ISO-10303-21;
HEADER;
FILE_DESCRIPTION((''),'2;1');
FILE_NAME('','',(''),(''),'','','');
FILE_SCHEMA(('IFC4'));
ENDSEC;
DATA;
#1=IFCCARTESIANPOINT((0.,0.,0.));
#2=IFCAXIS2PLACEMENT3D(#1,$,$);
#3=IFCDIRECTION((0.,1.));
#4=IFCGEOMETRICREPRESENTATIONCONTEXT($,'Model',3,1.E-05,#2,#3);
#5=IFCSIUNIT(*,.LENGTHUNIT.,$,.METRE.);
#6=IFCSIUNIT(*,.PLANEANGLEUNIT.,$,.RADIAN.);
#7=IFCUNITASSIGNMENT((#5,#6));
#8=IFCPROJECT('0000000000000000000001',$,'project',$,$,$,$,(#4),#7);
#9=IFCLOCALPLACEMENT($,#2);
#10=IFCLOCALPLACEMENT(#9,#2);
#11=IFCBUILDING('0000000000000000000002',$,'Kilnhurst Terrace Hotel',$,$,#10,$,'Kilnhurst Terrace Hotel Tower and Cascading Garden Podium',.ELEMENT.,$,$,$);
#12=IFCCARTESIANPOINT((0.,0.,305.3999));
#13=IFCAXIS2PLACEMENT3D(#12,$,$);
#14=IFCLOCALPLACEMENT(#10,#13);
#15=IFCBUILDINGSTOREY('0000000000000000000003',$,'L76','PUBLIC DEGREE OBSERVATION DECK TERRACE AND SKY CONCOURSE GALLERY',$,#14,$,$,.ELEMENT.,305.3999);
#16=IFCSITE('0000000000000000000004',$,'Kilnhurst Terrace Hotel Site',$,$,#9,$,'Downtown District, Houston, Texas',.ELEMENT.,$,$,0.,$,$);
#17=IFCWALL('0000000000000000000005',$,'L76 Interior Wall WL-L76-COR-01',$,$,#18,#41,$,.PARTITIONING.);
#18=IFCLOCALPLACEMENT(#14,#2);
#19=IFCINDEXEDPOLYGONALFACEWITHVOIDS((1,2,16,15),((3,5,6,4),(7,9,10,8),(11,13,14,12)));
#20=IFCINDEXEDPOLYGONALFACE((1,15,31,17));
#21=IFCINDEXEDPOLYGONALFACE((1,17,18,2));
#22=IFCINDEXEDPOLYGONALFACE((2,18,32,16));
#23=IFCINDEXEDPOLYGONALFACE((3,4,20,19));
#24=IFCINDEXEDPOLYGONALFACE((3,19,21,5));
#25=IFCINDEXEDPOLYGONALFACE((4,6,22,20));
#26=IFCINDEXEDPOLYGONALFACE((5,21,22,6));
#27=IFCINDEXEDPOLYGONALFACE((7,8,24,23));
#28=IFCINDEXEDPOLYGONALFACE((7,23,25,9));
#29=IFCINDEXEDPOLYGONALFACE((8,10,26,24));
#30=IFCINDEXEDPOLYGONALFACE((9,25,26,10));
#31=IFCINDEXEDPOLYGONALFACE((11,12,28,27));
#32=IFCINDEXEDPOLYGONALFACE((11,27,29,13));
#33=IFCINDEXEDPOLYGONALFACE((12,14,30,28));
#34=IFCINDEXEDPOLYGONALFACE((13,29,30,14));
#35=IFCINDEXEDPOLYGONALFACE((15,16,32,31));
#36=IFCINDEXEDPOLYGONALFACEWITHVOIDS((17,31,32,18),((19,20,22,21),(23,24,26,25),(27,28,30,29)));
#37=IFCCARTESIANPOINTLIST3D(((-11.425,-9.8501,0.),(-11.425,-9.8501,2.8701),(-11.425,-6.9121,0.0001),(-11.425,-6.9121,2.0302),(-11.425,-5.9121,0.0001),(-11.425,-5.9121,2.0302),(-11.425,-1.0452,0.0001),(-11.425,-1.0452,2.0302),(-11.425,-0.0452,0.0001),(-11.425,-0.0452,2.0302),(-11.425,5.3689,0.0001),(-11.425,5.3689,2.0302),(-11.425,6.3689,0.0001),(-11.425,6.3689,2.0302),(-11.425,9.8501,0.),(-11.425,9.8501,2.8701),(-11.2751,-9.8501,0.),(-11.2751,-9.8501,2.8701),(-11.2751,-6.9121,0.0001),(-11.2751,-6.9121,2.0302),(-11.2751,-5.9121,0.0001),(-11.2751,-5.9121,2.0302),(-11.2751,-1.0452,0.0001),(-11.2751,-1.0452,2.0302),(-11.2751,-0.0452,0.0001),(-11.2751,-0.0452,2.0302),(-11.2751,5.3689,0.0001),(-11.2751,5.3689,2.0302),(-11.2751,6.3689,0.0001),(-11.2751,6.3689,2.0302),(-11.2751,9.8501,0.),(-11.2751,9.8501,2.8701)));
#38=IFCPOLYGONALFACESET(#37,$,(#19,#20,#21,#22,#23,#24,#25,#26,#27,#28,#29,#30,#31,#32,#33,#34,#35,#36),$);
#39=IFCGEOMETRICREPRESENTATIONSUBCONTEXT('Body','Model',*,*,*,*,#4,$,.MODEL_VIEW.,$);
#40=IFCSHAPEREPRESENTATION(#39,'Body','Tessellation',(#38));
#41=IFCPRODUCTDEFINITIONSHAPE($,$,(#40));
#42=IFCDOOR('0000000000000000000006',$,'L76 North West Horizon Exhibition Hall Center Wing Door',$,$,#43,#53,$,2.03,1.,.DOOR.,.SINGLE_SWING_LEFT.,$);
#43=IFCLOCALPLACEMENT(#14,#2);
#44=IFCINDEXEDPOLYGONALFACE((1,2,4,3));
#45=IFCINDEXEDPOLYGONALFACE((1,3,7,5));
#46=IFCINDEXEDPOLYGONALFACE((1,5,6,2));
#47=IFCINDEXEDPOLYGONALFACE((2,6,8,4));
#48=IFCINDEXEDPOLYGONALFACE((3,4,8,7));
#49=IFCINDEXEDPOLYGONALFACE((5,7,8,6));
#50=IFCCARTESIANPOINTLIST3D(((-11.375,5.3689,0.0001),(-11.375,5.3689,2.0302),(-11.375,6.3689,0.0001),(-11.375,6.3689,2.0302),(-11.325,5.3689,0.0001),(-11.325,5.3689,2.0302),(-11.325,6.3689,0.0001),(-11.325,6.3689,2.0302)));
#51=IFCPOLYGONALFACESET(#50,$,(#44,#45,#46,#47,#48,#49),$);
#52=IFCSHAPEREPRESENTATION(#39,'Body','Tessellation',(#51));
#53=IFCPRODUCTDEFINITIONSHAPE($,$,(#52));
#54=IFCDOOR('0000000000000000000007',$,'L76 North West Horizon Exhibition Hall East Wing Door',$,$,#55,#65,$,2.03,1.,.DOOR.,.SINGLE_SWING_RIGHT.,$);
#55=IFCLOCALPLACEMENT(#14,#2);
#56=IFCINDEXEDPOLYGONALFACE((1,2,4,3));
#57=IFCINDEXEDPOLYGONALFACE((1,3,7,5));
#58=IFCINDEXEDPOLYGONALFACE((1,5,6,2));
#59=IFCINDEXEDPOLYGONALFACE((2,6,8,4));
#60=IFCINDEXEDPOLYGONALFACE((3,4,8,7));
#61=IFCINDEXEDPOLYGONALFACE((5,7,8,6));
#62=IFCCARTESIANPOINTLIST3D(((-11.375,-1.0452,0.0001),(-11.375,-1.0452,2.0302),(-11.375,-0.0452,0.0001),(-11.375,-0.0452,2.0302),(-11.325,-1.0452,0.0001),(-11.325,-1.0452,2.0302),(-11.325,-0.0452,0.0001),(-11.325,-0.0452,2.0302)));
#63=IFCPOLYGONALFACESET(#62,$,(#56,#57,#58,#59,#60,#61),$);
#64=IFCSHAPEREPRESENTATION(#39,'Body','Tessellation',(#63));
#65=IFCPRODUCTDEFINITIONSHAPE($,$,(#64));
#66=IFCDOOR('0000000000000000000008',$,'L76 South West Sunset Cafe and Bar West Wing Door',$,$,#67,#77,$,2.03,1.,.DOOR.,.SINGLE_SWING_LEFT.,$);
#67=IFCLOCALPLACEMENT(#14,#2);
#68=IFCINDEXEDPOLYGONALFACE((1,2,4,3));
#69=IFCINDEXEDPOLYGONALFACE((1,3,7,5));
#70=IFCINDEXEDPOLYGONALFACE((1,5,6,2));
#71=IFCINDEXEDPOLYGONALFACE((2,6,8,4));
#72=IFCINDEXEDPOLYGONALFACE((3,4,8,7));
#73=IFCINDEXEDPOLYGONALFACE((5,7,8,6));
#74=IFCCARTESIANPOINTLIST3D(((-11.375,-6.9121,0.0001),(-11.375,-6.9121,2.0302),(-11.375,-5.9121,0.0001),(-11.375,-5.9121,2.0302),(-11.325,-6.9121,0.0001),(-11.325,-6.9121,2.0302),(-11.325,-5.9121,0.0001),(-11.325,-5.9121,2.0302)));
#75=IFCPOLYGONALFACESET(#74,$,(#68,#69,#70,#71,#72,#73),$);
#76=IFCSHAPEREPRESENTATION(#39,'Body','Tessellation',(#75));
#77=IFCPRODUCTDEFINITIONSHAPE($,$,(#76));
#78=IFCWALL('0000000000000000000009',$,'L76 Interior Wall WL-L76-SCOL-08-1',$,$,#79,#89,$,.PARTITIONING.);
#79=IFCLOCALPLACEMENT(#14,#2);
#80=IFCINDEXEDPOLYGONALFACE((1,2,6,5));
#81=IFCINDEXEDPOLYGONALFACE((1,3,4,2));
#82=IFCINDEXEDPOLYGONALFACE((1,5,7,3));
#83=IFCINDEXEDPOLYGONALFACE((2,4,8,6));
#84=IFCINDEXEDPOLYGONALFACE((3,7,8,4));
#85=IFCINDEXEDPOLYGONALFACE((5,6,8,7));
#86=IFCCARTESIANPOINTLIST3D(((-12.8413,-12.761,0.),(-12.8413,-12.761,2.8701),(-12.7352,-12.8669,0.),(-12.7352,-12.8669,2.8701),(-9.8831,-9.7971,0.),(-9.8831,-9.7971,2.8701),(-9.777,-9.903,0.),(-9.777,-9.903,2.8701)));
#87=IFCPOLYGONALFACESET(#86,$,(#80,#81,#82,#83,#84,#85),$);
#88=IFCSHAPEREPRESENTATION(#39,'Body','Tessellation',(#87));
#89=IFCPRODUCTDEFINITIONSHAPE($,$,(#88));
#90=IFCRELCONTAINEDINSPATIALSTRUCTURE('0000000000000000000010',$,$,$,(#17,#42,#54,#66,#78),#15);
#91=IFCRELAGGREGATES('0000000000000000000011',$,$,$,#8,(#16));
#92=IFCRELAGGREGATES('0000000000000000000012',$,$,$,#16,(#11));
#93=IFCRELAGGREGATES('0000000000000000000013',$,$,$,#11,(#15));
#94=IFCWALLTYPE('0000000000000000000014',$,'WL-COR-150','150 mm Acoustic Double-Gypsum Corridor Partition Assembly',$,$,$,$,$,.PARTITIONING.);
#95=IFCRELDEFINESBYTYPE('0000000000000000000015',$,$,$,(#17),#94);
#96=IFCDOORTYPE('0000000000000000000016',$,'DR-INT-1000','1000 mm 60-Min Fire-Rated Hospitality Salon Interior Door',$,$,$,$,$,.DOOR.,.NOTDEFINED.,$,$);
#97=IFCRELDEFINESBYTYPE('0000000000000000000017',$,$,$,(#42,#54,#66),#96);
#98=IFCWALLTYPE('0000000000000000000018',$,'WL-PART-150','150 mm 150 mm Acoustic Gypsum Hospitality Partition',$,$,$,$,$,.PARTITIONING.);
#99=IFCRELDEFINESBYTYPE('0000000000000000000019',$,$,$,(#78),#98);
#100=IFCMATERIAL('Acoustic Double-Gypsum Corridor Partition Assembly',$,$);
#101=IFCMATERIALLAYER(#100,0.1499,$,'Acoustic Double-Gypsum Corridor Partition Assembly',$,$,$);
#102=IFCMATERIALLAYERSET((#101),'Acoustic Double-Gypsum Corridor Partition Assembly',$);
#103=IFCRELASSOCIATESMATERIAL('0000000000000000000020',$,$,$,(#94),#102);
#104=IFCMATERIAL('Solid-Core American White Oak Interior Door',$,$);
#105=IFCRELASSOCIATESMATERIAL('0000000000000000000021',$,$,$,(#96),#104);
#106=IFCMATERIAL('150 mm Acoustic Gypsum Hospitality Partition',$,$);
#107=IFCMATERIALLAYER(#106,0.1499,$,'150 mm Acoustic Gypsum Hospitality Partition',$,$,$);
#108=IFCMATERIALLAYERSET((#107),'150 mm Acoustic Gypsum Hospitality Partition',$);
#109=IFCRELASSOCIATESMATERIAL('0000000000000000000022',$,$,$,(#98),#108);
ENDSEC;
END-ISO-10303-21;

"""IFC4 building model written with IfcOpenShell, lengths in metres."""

from ifc_helpers import new_model, si_unit, direction, frame, frame_2d, origin, place, context, subcontext, project, spatial, rectangle, extrude, material, layer, layer_set, type_object, element, fill, save


model = new_model("IFC4")

# Units and contexts
model_context = context("Model", 3, precision=1e-05, world=origin(), true_north=direction((0.0, 1.0)))
body_context = subcontext(model_context, "Body", "Model", "MODEL_VIEW")
ifc_project = project(units=[si_unit("LENGTHUNIT", "METRE"), si_unit("PLANEANGLEUNIT", "RADIAN")], contexts=[model_context])

# Site, building, storey
site_placement = place(None, origin())
site = spatial("IfcSite", under=ifc_project, at=site_placement, Name="Kilnhurst Terrace Hotel Site", LongName="Downtown District, Houston, Texas", CompositionType="ELEMENT", RefElevation=0.0)
building_placement = place(site_placement, origin())
building = spatial("IfcBuilding", under=site, at=building_placement, Name="Kilnhurst Terrace Hotel", LongName="Kilnhurst Terrace Hotel Tower and Cascading Garden Podium", CompositionType="ELEMENT")
storey_placement = place(building_placement, frame((0.0, 0.0, 305.3999)))
storey = spatial("IfcBuildingStorey", under=building, at=storey_placement, Name="L76", Description="PUBLIC DEGREE OBSERVATION DECK TERRACE AND SKY CONCOURSE GALLERY", CompositionType="ELEMENT", Elevation=305.3999)

# Wall, openings, doors
ifc_material_1 = material(Name="Acoustic Double-Gypsum Corridor Partition Assembly")
ifc_layer_1 = layer(ifc_material_1, 0.1499, Name="Acoustic Double-Gypsum Corridor Partition Assembly")
ifc_layer_set_1 = layer_set([ifc_layer_1], Name="Acoustic Double-Gypsum Corridor Partition Assembly")
wall_type_1 = type_object("IfcWallType", Name="WL-COR-150", Description="150 mm Acoustic Double-Gypsum Corridor Partition Assembly", PredefinedType="PARTITIONING", material=ifc_layer_set_1)
wall_1_placement = place(storey_placement, frame((-11.3501, -9.8501, 0.0), z_axis=(0.0, 0.0, 1.0), x_axis=(0.0, 1.0, 0.0)))
wall_1 = element("IfcWall", 1, at=wall_1_placement, inside=storey, type_object=wall_type_1, Name="L76 Interior Wall WL-L76-COR-01", PredefinedType="PARTITIONING", context=body_context, shape_type="SweptSolid", body=[
    extrude(rectangle(XDim=19.7002, YDim=0.1499, at=frame_2d((9.8501, 0.0))), origin(), (0.0, 0.0, 1.0), 2.8701),
])
opening_1_placement = place(wall_1_placement, frame((15.219, 0.0, 0.0)))
opening_1 = element("IfcOpeningElement", 2, at=opening_1_placement, cuts=wall_1, PredefinedType="OPENING", context=body_context, shape_type="SweptSolid", body=[
    extrude(rectangle(XDim=1.0, YDim=2.03, at=frame_2d((0.5, 1.0151))), frame((0.0, 0.085, 0.0), z_axis=(0.0, -1.0, 0.0), x_axis=(1.0, 0.0, 0.0)), (0.0, 0.0, 1.0), 0.1699),
])
opening_2_placement = place(wall_1_placement, frame((8.8049, 0.0, 0.0)))
opening_2 = element("IfcOpeningElement", 3, at=opening_2_placement, cuts=wall_1, PredefinedType="OPENING", context=body_context, shape_type="SweptSolid", body=[
    extrude(rectangle(XDim=1.0, YDim=2.03, at=frame_2d((0.5, 1.0151))), frame((0.0, 0.085, 0.0), z_axis=(0.0, -1.0, 0.0), x_axis=(1.0, 0.0, 0.0)), (0.0, 0.0, 1.0), 0.1699),
])
opening_3_placement = place(wall_1_placement, frame((2.938, 0.0, 0.0)))
opening_3 = element("IfcOpeningElement", 4, at=opening_3_placement, cuts=wall_1, PredefinedType="OPENING", context=body_context, shape_type="SweptSolid", body=[
    extrude(rectangle(XDim=1.0, YDim=2.03, at=frame_2d((0.5, 1.0151))), frame((0.0, 0.085, 0.0), z_axis=(0.0, -1.0, 0.0), x_axis=(1.0, 0.0, 0.0)), (0.0, 0.0, 1.0), 0.1699),
])
ifc_material_2 = material(Name="Solid-Core American White Oak Interior Door")
door_type = type_object("IfcDoorType", Name="DR-INT-1000", Description="1000 mm 60-Min Fire-Rated Hospitality Salon Interior Door", OperationType="NOTDEFINED", PredefinedType="DOOR", material=ifc_material_2)
door_1_placement = place(opening_1_placement, origin())
door_1 = element("IfcDoor", 5, at=door_1_placement, inside=storey, type_object=door_type, Name="L76 North West Horizon Exhibition Hall Center Wing Door", OperationType="SINGLE_SWING_LEFT", OverallHeight=2.03, OverallWidth=1.0, PredefinedType="DOOR", context=body_context, shape_type="SweptSolid", body=[
    extrude(rectangle(XDim=1.0, YDim=2.03, at=frame_2d((0.5, 1.0151))), frame((0.0, 0.0249, 0.0), z_axis=(0.0, -1.0, 0.0), x_axis=(1.0, 0.0, 0.0)), (0.0, 0.0, 1.0), 0.05),
])
fill(opening_1, door_1)
door_2_placement = place(opening_2_placement, origin())
door_2 = element("IfcDoor", 6, at=door_2_placement, inside=storey, type_object=door_type, Name="L76 North West Horizon Exhibition Hall East Wing Door", OperationType="SINGLE_SWING_RIGHT", OverallHeight=2.03, OverallWidth=1.0, PredefinedType="DOOR", context=body_context, shape_type="SweptSolid", body=[
    extrude(rectangle(XDim=1.0, YDim=2.03, at=frame_2d((0.5, 1.0151))), frame((0.0, 0.0249, 0.0), z_axis=(0.0, -1.0, 0.0), x_axis=(1.0, 0.0, 0.0)), (0.0, 0.0, 1.0), 0.05),
])
fill(opening_2, door_2)
door_3_placement = place(opening_3_placement, origin())
door_3 = element("IfcDoor", 7, at=door_3_placement, inside=storey, type_object=door_type, Name="L76 South West Sunset Cafe and Bar West Wing Door", OperationType="SINGLE_SWING_LEFT", OverallHeight=2.03, OverallWidth=1.0, PredefinedType="DOOR", context=body_context, shape_type="SweptSolid", body=[
    extrude(rectangle(XDim=1.0, YDim=2.03, at=frame_2d((0.5, 1.0151))), frame((0.0, 0.0249, 0.0), z_axis=(0.0, -1.0, 0.0), x_axis=(1.0, 0.0, 0.0)), (0.0, 0.0, 1.0), 0.05),
])
fill(opening_3, door_3)

# Wall
ifc_material_3 = material(Name="150 mm Acoustic Gypsum Hospitality Partition")
ifc_layer_2 = layer(ifc_material_3, 0.1499, Name="150 mm Acoustic Gypsum Hospitality Partition")
ifc_layer_set_2 = layer_set([ifc_layer_2], Name="150 mm Acoustic Gypsum Hospitality Partition")
wall_type_2 = type_object("IfcWallType", Name="WL-PART-150", Description="150 mm 150 mm Acoustic Gypsum Hospitality Partition", PredefinedType="PARTITIONING", material=ifc_layer_set_2)
wall_2_placement = place(storey_placement, frame((-9.8301, -9.8501, 0.0), z_axis=(0.0, 0.0, 1.0), x_axis=(-0.706436, -0.707777, 0.0)))
element("IfcWall", 8, at=wall_2_placement, inside=storey, type_object=wall_type_2, Name="L76 Interior Wall WL-L76-SCOL-08-1", PredefinedType="PARTITIONING", context=body_context, shape_type="SweptSolid", body=[
    extrude(rectangle(XDim=4.1875, YDim=0.1499, at=frame_2d((2.0938, 0.0))), origin(), (0.0, 0.0, 1.0), 2.8701),
])

save(model, "model.ifc")
